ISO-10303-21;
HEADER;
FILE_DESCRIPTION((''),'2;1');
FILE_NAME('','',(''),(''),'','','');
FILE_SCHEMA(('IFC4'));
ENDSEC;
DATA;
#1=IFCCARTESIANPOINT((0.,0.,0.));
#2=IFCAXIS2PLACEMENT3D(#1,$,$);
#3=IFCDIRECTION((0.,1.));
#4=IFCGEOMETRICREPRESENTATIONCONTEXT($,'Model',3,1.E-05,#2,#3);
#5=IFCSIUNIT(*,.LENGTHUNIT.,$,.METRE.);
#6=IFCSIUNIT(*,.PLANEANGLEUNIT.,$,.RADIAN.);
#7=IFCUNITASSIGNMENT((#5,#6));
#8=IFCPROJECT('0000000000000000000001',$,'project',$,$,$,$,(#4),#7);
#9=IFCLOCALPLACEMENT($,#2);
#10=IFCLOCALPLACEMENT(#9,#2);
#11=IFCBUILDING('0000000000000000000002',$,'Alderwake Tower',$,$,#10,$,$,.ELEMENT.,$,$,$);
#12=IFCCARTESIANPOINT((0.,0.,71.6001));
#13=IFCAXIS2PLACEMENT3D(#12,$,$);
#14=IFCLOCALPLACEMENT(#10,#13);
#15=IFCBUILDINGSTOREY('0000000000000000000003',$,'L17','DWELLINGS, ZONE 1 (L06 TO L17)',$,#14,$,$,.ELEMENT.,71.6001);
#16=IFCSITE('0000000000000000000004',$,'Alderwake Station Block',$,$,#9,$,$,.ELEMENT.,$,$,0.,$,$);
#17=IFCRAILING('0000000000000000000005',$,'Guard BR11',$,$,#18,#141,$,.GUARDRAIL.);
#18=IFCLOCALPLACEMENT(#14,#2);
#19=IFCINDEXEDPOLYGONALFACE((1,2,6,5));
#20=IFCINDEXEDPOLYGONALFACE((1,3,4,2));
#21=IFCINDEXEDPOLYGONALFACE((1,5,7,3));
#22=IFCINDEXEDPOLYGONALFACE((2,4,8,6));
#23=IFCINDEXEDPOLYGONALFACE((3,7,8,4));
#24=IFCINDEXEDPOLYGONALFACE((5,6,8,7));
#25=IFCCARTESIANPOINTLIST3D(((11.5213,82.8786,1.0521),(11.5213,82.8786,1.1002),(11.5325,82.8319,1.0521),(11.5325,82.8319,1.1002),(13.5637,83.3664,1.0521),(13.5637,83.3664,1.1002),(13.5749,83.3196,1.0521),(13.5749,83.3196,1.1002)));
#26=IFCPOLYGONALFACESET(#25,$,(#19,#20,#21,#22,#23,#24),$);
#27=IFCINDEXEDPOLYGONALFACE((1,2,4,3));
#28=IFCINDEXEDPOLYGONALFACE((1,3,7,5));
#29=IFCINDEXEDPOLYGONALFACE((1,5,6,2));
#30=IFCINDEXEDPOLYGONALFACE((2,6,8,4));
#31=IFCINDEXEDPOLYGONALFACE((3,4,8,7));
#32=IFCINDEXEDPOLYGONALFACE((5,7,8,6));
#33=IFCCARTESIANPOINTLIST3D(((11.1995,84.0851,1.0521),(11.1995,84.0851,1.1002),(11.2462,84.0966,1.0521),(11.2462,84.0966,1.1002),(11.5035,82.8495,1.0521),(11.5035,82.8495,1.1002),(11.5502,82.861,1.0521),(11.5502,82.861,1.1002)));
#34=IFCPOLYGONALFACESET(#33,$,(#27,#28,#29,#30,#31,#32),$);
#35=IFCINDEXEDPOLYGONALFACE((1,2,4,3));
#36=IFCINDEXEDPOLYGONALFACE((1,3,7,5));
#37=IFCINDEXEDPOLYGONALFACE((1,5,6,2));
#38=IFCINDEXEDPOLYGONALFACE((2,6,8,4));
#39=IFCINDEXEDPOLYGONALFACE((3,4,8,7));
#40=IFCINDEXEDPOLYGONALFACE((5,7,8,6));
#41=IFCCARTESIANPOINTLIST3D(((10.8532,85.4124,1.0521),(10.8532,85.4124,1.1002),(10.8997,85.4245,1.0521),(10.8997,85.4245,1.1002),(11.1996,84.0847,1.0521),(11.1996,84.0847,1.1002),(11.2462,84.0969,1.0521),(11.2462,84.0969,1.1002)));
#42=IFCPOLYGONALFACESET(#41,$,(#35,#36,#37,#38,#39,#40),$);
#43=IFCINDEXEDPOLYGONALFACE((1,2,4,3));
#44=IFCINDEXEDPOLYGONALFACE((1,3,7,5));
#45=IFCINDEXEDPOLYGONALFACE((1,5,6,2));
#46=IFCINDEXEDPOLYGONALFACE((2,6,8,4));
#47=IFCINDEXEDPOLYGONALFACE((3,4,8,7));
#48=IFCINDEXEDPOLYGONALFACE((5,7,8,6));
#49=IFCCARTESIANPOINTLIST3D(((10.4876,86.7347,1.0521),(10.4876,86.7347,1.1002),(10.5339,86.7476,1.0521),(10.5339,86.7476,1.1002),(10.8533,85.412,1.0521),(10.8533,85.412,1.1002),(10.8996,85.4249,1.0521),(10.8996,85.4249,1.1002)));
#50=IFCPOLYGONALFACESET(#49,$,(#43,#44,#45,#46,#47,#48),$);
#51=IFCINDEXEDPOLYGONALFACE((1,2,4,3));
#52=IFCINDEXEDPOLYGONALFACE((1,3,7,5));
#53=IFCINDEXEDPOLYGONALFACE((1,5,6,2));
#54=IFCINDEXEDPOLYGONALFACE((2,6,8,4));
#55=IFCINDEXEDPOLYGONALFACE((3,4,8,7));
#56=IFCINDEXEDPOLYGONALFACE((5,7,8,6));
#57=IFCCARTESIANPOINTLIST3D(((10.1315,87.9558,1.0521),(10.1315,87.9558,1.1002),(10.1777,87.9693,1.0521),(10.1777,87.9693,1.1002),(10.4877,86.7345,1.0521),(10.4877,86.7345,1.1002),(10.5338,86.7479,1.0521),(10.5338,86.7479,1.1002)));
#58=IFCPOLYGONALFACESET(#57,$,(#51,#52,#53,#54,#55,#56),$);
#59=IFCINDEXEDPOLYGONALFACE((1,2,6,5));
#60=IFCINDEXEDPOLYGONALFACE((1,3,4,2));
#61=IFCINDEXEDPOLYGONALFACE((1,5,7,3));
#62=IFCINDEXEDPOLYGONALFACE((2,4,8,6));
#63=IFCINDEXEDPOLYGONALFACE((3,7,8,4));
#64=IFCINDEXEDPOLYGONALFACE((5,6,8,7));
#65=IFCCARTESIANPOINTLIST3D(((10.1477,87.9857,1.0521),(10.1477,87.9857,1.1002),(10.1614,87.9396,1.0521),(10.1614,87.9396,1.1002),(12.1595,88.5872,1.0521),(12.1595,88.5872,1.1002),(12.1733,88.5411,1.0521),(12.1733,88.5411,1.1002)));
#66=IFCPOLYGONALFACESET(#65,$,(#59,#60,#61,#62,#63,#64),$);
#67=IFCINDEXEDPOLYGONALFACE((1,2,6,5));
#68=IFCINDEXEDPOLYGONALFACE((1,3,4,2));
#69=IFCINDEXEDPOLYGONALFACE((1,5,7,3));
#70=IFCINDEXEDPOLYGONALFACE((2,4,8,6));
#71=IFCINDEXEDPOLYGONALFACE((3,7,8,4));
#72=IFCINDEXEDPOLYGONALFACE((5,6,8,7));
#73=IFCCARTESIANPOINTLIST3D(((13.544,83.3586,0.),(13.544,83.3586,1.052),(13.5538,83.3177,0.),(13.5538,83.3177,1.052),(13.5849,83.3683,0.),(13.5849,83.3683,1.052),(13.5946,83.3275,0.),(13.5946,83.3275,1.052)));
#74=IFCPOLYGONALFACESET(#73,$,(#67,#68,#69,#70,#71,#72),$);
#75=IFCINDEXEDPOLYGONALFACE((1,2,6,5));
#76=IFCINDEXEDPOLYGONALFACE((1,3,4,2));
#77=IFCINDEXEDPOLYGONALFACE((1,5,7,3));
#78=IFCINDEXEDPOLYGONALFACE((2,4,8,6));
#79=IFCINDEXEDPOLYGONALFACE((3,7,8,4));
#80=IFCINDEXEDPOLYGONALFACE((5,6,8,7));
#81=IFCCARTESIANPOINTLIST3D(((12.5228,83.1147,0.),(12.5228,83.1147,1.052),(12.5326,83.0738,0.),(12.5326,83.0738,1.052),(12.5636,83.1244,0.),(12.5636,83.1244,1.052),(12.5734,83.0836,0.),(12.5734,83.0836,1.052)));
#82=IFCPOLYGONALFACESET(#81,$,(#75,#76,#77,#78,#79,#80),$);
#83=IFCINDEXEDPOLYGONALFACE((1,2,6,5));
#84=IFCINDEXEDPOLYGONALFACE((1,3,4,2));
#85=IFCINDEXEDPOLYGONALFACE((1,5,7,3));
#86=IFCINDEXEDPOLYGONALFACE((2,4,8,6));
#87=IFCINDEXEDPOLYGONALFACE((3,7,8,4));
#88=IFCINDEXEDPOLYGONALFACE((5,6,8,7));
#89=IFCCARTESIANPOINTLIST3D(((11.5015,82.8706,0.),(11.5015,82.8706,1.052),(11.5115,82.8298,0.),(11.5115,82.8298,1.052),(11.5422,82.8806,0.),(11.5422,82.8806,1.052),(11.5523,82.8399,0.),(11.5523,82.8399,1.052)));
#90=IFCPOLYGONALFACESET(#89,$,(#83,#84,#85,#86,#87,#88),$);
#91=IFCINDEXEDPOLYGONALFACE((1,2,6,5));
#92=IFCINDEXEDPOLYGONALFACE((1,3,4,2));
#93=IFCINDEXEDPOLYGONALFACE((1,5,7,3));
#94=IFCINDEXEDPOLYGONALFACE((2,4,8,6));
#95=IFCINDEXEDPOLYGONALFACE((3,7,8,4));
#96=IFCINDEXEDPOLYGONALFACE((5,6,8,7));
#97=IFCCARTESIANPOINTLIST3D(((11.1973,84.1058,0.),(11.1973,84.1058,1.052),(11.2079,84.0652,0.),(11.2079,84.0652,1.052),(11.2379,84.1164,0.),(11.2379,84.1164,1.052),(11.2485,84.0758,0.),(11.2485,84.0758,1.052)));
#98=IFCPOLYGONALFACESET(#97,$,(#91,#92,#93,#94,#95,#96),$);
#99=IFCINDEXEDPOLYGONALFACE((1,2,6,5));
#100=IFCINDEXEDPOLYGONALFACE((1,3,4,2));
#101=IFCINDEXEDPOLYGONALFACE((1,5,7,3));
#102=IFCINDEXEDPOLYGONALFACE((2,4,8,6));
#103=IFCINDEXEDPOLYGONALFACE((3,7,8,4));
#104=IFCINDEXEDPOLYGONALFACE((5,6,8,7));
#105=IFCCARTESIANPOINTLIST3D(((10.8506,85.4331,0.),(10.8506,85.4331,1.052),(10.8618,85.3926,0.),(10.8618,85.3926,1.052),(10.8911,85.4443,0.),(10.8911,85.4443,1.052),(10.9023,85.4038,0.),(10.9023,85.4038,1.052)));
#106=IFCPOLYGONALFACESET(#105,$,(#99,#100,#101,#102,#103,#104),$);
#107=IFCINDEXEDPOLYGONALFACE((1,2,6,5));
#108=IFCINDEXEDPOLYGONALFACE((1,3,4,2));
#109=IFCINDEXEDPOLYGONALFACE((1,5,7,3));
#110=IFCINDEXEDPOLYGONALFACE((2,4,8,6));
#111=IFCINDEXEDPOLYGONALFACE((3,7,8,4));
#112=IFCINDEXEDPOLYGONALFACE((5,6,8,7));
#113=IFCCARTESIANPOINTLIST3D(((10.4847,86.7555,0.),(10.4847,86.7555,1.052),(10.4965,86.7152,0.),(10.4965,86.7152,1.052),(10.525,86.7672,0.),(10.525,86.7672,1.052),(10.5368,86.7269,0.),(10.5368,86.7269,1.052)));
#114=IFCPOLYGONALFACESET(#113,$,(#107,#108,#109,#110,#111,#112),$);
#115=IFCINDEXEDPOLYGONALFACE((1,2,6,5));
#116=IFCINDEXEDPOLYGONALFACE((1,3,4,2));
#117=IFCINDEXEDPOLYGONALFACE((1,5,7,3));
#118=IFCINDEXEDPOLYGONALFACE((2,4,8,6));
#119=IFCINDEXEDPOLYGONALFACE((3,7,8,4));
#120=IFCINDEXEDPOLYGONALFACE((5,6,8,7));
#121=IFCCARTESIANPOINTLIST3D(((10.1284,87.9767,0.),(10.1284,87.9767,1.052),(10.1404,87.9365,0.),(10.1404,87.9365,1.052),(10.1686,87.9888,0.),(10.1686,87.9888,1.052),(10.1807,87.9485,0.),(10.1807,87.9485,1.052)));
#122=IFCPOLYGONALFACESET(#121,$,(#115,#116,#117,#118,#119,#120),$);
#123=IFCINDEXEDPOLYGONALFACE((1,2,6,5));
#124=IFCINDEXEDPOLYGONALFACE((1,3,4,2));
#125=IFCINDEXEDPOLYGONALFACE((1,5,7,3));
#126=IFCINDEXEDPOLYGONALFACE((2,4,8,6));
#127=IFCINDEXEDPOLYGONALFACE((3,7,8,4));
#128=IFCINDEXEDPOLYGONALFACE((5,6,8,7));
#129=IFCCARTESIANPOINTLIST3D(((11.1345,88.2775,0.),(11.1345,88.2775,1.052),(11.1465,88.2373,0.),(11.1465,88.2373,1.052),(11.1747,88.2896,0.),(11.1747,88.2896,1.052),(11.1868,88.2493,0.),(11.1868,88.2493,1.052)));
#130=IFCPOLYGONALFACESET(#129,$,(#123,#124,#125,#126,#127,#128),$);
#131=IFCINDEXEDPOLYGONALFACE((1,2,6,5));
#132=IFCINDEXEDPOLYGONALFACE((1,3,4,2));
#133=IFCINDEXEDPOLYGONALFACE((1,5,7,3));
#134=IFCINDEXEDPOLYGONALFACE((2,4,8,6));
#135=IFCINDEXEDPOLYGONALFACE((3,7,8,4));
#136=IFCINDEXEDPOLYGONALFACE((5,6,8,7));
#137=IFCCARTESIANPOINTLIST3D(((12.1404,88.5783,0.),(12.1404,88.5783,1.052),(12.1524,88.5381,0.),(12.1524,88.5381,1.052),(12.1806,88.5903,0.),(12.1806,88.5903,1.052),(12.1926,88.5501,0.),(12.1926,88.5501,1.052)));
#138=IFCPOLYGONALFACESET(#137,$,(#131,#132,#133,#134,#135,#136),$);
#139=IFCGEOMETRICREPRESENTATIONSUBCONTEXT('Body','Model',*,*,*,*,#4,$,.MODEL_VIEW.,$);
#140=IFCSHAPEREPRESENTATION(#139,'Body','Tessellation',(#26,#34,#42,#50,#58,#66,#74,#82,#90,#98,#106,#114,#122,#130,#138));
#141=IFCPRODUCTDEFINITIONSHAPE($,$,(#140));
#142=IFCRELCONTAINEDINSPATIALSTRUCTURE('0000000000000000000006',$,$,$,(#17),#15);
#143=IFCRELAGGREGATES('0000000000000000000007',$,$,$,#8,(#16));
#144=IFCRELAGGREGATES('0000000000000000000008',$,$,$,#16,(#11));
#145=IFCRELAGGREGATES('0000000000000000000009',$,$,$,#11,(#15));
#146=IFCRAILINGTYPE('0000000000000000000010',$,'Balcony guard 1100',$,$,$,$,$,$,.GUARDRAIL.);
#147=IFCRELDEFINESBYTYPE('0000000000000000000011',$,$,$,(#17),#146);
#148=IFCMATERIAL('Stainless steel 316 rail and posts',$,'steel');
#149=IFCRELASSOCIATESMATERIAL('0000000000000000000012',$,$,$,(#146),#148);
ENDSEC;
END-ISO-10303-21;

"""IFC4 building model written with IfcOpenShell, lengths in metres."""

from ifc_helpers import new_model, si_unit, direction, frame, origin, origin_2d, place, context, subcontext, project, spatial, rectangle, extrude, material, type_object, element, save


model = new_model("IFC4")

# Units and contexts
model_context = context("Model", 3, precision=1e-05, world=origin(), true_north=direction((0.0, 1.0)))
body_context = subcontext(model_context, "Body", "Model", "MODEL_VIEW")
ifc_project = project(units=[si_unit("LENGTHUNIT", "METRE"), si_unit("PLANEANGLEUNIT", "RADIAN")], contexts=[model_context])

# Site, building, storey
site_placement = place(None, origin())
site = spatial("IfcSite", under=ifc_project, at=site_placement, Name="Alderwake Station Block", CompositionType="ELEMENT", RefElevation=0.0)
building_placement = place(site_placement, origin())
building = spatial("IfcBuilding", under=site, at=building_placement, Name="Alderwake Tower", CompositionType="ELEMENT")
storey_placement = place(building_placement, frame((0.0, 0.0, 71.6001)))
storey = spatial("IfcBuildingStorey", under=building, at=storey_placement, Name="L17", Description="DWELLINGS, ZONE 1 (L06 TO L17)", CompositionType="ELEMENT", Elevation=71.6001)

# Railing
ifc_material_1 = material(Name="Stainless steel 316 rail and posts", Category="steel")
railing_type = type_object("IfcRailingType", Name="Balcony guard 1100", PredefinedType="GUARDRAIL", material=ifc_material_1)
railing_placement = place(storey_placement, frame((13.5693, 83.343, 0.0)))
element("IfcRailing", 1, at=railing_placement, inside=storey, type_object=railing_type, Name="Guard BR11", PredefinedType="GUARDRAIL", context=body_context, shape_type="SweptSolid", body=[
    extrude(rectangle(XDim=0.0481, YDim=0.0481, at=origin_2d()), frame((0.0, 0.0, 1.0762), z_axis=(-0.972646, -0.232291, 0.0), x_axis=(0.232291, -0.972646, 0.0)), (0.0, 0.0, 1.0), 2.0999),
    extrude(rectangle(XDim=0.0481, YDim=0.0481, at=origin_2d()), frame((-2.0425, -0.4878, 1.0762), z_axis=(-0.238877, 0.97105, 0.0), x_axis=(-0.97105, -0.238877, 0.0)), (0.0, 0.0, 1.0), 1.2725),
    extrude(rectangle(XDim=0.0481, YDim=0.0481, at=origin_2d()), frame((-2.3464, 0.7478, 1.0762), z_axis=(-0.252487, 0.9676, 0.0), x_axis=(-0.9676, -0.252487, 0.0)), (0.0, 0.0, 1.0), 1.3721),
    extrude(rectangle(XDim=0.0481, YDim=0.0481, at=origin_2d()), frame((-2.6929, 2.0754, 1.0762), z_axis=(-0.266488, 0.963838, 0.0), x_axis=(-0.963838, -0.266488, 0.0)), (0.0, 0.0, 1.0), 1.3723),
    extrude(rectangle(XDim=0.0481, YDim=0.0481, at=origin_2d()), frame((-3.0586, 3.3982, 1.0762), z_axis=(-0.279963, 0.960011, 0.0), x_axis=(-0.960011, -0.279963, 0.0)), (0.0, 0.0, 1.0), 1.2722),
    extrude(rectangle(XDim=0.0481, YDim=0.0481, at=origin_2d()), frame((-3.4148, 4.6196, 1.0762), z_axis=(0.958091, 0.286462, 0.0), x_axis=(-0.286462, 0.958091, 0.0)), (0.0, 0.0, 1.0), 2.0999),
    extrude(rectangle(XDim=0.042, YDim=0.042, at=origin_2d()), frame((0.0, 0.0, 0.0), z_axis=(0.0, 0.0, 1.0), x_axis=(-0.972646, -0.232291, 0.0)), (0.0, 0.0, 1.0), 1.052),
    extrude(rectangle(XDim=0.042, YDim=0.042, at=origin_2d()), frame((-1.0212, -0.2439, 0.0), z_axis=(0.0, 0.0, 1.0), x_axis=(-0.972646, -0.232291, 0.0)), (0.0, 0.0, 1.0), 1.052),
    extrude(rectangle(XDim=0.042, YDim=0.042, at=origin_2d()), frame((-2.0425, -0.4878, 0.0), z_axis=(0.0, 0.0, 1.0), x_axis=(-0.238877, 0.97105, 0.0)), (0.0, 0.0, 1.0), 1.052),
    extrude(rectangle(XDim=0.042, YDim=0.042, at=origin_2d()), frame((-2.3464, 0.7478, 0.0), z_axis=(0.0, 0.0, 1.0), x_axis=(-0.252487, 0.9676, 0.0)), (0.0, 0.0, 1.0), 1.052),
    extrude(rectangle(XDim=0.042, YDim=0.042, at=origin_2d()), frame((-2.6929, 2.0754, 0.0), z_axis=(0.0, 0.0, 1.0), x_axis=(-0.266488, 0.963838, 0.0)), (0.0, 0.0, 1.0), 1.052),
    extrude(rectangle(XDim=0.042, YDim=0.042, at=origin_2d()), frame((-3.0586, 3.3982, 0.0), z_axis=(0.0, 0.0, 1.0), x_axis=(-0.279963, 0.960011, 0.0)), (0.0, 0.0, 1.0), 1.052),
    extrude(rectangle(XDim=0.042, YDim=0.042, at=origin_2d()), frame((-3.4148, 4.6196, 0.0), z_axis=(0.0, 0.0, 1.0), x_axis=(0.958091, 0.286462, 0.0)), (0.0, 0.0, 1.0), 1.052),
    extrude(rectangle(XDim=0.042, YDim=0.042, at=origin_2d()), frame((-2.4087, 4.9204, 0.0), z_axis=(0.0, 0.0, 1.0), x_axis=(0.958091, 0.286462, 0.0)), (0.0, 0.0, 1.0), 1.052),
    extrude(rectangle(XDim=0.042, YDim=0.042, at=origin_2d()), frame((-1.4028, 5.2212, 0.0), z_axis=(0.0, 0.0, 1.0), x_axis=(0.958091, 0.286462, 0.0)), (0.0, 0.0, 1.0), 1.052),
])

save(model, "model.ifc")
